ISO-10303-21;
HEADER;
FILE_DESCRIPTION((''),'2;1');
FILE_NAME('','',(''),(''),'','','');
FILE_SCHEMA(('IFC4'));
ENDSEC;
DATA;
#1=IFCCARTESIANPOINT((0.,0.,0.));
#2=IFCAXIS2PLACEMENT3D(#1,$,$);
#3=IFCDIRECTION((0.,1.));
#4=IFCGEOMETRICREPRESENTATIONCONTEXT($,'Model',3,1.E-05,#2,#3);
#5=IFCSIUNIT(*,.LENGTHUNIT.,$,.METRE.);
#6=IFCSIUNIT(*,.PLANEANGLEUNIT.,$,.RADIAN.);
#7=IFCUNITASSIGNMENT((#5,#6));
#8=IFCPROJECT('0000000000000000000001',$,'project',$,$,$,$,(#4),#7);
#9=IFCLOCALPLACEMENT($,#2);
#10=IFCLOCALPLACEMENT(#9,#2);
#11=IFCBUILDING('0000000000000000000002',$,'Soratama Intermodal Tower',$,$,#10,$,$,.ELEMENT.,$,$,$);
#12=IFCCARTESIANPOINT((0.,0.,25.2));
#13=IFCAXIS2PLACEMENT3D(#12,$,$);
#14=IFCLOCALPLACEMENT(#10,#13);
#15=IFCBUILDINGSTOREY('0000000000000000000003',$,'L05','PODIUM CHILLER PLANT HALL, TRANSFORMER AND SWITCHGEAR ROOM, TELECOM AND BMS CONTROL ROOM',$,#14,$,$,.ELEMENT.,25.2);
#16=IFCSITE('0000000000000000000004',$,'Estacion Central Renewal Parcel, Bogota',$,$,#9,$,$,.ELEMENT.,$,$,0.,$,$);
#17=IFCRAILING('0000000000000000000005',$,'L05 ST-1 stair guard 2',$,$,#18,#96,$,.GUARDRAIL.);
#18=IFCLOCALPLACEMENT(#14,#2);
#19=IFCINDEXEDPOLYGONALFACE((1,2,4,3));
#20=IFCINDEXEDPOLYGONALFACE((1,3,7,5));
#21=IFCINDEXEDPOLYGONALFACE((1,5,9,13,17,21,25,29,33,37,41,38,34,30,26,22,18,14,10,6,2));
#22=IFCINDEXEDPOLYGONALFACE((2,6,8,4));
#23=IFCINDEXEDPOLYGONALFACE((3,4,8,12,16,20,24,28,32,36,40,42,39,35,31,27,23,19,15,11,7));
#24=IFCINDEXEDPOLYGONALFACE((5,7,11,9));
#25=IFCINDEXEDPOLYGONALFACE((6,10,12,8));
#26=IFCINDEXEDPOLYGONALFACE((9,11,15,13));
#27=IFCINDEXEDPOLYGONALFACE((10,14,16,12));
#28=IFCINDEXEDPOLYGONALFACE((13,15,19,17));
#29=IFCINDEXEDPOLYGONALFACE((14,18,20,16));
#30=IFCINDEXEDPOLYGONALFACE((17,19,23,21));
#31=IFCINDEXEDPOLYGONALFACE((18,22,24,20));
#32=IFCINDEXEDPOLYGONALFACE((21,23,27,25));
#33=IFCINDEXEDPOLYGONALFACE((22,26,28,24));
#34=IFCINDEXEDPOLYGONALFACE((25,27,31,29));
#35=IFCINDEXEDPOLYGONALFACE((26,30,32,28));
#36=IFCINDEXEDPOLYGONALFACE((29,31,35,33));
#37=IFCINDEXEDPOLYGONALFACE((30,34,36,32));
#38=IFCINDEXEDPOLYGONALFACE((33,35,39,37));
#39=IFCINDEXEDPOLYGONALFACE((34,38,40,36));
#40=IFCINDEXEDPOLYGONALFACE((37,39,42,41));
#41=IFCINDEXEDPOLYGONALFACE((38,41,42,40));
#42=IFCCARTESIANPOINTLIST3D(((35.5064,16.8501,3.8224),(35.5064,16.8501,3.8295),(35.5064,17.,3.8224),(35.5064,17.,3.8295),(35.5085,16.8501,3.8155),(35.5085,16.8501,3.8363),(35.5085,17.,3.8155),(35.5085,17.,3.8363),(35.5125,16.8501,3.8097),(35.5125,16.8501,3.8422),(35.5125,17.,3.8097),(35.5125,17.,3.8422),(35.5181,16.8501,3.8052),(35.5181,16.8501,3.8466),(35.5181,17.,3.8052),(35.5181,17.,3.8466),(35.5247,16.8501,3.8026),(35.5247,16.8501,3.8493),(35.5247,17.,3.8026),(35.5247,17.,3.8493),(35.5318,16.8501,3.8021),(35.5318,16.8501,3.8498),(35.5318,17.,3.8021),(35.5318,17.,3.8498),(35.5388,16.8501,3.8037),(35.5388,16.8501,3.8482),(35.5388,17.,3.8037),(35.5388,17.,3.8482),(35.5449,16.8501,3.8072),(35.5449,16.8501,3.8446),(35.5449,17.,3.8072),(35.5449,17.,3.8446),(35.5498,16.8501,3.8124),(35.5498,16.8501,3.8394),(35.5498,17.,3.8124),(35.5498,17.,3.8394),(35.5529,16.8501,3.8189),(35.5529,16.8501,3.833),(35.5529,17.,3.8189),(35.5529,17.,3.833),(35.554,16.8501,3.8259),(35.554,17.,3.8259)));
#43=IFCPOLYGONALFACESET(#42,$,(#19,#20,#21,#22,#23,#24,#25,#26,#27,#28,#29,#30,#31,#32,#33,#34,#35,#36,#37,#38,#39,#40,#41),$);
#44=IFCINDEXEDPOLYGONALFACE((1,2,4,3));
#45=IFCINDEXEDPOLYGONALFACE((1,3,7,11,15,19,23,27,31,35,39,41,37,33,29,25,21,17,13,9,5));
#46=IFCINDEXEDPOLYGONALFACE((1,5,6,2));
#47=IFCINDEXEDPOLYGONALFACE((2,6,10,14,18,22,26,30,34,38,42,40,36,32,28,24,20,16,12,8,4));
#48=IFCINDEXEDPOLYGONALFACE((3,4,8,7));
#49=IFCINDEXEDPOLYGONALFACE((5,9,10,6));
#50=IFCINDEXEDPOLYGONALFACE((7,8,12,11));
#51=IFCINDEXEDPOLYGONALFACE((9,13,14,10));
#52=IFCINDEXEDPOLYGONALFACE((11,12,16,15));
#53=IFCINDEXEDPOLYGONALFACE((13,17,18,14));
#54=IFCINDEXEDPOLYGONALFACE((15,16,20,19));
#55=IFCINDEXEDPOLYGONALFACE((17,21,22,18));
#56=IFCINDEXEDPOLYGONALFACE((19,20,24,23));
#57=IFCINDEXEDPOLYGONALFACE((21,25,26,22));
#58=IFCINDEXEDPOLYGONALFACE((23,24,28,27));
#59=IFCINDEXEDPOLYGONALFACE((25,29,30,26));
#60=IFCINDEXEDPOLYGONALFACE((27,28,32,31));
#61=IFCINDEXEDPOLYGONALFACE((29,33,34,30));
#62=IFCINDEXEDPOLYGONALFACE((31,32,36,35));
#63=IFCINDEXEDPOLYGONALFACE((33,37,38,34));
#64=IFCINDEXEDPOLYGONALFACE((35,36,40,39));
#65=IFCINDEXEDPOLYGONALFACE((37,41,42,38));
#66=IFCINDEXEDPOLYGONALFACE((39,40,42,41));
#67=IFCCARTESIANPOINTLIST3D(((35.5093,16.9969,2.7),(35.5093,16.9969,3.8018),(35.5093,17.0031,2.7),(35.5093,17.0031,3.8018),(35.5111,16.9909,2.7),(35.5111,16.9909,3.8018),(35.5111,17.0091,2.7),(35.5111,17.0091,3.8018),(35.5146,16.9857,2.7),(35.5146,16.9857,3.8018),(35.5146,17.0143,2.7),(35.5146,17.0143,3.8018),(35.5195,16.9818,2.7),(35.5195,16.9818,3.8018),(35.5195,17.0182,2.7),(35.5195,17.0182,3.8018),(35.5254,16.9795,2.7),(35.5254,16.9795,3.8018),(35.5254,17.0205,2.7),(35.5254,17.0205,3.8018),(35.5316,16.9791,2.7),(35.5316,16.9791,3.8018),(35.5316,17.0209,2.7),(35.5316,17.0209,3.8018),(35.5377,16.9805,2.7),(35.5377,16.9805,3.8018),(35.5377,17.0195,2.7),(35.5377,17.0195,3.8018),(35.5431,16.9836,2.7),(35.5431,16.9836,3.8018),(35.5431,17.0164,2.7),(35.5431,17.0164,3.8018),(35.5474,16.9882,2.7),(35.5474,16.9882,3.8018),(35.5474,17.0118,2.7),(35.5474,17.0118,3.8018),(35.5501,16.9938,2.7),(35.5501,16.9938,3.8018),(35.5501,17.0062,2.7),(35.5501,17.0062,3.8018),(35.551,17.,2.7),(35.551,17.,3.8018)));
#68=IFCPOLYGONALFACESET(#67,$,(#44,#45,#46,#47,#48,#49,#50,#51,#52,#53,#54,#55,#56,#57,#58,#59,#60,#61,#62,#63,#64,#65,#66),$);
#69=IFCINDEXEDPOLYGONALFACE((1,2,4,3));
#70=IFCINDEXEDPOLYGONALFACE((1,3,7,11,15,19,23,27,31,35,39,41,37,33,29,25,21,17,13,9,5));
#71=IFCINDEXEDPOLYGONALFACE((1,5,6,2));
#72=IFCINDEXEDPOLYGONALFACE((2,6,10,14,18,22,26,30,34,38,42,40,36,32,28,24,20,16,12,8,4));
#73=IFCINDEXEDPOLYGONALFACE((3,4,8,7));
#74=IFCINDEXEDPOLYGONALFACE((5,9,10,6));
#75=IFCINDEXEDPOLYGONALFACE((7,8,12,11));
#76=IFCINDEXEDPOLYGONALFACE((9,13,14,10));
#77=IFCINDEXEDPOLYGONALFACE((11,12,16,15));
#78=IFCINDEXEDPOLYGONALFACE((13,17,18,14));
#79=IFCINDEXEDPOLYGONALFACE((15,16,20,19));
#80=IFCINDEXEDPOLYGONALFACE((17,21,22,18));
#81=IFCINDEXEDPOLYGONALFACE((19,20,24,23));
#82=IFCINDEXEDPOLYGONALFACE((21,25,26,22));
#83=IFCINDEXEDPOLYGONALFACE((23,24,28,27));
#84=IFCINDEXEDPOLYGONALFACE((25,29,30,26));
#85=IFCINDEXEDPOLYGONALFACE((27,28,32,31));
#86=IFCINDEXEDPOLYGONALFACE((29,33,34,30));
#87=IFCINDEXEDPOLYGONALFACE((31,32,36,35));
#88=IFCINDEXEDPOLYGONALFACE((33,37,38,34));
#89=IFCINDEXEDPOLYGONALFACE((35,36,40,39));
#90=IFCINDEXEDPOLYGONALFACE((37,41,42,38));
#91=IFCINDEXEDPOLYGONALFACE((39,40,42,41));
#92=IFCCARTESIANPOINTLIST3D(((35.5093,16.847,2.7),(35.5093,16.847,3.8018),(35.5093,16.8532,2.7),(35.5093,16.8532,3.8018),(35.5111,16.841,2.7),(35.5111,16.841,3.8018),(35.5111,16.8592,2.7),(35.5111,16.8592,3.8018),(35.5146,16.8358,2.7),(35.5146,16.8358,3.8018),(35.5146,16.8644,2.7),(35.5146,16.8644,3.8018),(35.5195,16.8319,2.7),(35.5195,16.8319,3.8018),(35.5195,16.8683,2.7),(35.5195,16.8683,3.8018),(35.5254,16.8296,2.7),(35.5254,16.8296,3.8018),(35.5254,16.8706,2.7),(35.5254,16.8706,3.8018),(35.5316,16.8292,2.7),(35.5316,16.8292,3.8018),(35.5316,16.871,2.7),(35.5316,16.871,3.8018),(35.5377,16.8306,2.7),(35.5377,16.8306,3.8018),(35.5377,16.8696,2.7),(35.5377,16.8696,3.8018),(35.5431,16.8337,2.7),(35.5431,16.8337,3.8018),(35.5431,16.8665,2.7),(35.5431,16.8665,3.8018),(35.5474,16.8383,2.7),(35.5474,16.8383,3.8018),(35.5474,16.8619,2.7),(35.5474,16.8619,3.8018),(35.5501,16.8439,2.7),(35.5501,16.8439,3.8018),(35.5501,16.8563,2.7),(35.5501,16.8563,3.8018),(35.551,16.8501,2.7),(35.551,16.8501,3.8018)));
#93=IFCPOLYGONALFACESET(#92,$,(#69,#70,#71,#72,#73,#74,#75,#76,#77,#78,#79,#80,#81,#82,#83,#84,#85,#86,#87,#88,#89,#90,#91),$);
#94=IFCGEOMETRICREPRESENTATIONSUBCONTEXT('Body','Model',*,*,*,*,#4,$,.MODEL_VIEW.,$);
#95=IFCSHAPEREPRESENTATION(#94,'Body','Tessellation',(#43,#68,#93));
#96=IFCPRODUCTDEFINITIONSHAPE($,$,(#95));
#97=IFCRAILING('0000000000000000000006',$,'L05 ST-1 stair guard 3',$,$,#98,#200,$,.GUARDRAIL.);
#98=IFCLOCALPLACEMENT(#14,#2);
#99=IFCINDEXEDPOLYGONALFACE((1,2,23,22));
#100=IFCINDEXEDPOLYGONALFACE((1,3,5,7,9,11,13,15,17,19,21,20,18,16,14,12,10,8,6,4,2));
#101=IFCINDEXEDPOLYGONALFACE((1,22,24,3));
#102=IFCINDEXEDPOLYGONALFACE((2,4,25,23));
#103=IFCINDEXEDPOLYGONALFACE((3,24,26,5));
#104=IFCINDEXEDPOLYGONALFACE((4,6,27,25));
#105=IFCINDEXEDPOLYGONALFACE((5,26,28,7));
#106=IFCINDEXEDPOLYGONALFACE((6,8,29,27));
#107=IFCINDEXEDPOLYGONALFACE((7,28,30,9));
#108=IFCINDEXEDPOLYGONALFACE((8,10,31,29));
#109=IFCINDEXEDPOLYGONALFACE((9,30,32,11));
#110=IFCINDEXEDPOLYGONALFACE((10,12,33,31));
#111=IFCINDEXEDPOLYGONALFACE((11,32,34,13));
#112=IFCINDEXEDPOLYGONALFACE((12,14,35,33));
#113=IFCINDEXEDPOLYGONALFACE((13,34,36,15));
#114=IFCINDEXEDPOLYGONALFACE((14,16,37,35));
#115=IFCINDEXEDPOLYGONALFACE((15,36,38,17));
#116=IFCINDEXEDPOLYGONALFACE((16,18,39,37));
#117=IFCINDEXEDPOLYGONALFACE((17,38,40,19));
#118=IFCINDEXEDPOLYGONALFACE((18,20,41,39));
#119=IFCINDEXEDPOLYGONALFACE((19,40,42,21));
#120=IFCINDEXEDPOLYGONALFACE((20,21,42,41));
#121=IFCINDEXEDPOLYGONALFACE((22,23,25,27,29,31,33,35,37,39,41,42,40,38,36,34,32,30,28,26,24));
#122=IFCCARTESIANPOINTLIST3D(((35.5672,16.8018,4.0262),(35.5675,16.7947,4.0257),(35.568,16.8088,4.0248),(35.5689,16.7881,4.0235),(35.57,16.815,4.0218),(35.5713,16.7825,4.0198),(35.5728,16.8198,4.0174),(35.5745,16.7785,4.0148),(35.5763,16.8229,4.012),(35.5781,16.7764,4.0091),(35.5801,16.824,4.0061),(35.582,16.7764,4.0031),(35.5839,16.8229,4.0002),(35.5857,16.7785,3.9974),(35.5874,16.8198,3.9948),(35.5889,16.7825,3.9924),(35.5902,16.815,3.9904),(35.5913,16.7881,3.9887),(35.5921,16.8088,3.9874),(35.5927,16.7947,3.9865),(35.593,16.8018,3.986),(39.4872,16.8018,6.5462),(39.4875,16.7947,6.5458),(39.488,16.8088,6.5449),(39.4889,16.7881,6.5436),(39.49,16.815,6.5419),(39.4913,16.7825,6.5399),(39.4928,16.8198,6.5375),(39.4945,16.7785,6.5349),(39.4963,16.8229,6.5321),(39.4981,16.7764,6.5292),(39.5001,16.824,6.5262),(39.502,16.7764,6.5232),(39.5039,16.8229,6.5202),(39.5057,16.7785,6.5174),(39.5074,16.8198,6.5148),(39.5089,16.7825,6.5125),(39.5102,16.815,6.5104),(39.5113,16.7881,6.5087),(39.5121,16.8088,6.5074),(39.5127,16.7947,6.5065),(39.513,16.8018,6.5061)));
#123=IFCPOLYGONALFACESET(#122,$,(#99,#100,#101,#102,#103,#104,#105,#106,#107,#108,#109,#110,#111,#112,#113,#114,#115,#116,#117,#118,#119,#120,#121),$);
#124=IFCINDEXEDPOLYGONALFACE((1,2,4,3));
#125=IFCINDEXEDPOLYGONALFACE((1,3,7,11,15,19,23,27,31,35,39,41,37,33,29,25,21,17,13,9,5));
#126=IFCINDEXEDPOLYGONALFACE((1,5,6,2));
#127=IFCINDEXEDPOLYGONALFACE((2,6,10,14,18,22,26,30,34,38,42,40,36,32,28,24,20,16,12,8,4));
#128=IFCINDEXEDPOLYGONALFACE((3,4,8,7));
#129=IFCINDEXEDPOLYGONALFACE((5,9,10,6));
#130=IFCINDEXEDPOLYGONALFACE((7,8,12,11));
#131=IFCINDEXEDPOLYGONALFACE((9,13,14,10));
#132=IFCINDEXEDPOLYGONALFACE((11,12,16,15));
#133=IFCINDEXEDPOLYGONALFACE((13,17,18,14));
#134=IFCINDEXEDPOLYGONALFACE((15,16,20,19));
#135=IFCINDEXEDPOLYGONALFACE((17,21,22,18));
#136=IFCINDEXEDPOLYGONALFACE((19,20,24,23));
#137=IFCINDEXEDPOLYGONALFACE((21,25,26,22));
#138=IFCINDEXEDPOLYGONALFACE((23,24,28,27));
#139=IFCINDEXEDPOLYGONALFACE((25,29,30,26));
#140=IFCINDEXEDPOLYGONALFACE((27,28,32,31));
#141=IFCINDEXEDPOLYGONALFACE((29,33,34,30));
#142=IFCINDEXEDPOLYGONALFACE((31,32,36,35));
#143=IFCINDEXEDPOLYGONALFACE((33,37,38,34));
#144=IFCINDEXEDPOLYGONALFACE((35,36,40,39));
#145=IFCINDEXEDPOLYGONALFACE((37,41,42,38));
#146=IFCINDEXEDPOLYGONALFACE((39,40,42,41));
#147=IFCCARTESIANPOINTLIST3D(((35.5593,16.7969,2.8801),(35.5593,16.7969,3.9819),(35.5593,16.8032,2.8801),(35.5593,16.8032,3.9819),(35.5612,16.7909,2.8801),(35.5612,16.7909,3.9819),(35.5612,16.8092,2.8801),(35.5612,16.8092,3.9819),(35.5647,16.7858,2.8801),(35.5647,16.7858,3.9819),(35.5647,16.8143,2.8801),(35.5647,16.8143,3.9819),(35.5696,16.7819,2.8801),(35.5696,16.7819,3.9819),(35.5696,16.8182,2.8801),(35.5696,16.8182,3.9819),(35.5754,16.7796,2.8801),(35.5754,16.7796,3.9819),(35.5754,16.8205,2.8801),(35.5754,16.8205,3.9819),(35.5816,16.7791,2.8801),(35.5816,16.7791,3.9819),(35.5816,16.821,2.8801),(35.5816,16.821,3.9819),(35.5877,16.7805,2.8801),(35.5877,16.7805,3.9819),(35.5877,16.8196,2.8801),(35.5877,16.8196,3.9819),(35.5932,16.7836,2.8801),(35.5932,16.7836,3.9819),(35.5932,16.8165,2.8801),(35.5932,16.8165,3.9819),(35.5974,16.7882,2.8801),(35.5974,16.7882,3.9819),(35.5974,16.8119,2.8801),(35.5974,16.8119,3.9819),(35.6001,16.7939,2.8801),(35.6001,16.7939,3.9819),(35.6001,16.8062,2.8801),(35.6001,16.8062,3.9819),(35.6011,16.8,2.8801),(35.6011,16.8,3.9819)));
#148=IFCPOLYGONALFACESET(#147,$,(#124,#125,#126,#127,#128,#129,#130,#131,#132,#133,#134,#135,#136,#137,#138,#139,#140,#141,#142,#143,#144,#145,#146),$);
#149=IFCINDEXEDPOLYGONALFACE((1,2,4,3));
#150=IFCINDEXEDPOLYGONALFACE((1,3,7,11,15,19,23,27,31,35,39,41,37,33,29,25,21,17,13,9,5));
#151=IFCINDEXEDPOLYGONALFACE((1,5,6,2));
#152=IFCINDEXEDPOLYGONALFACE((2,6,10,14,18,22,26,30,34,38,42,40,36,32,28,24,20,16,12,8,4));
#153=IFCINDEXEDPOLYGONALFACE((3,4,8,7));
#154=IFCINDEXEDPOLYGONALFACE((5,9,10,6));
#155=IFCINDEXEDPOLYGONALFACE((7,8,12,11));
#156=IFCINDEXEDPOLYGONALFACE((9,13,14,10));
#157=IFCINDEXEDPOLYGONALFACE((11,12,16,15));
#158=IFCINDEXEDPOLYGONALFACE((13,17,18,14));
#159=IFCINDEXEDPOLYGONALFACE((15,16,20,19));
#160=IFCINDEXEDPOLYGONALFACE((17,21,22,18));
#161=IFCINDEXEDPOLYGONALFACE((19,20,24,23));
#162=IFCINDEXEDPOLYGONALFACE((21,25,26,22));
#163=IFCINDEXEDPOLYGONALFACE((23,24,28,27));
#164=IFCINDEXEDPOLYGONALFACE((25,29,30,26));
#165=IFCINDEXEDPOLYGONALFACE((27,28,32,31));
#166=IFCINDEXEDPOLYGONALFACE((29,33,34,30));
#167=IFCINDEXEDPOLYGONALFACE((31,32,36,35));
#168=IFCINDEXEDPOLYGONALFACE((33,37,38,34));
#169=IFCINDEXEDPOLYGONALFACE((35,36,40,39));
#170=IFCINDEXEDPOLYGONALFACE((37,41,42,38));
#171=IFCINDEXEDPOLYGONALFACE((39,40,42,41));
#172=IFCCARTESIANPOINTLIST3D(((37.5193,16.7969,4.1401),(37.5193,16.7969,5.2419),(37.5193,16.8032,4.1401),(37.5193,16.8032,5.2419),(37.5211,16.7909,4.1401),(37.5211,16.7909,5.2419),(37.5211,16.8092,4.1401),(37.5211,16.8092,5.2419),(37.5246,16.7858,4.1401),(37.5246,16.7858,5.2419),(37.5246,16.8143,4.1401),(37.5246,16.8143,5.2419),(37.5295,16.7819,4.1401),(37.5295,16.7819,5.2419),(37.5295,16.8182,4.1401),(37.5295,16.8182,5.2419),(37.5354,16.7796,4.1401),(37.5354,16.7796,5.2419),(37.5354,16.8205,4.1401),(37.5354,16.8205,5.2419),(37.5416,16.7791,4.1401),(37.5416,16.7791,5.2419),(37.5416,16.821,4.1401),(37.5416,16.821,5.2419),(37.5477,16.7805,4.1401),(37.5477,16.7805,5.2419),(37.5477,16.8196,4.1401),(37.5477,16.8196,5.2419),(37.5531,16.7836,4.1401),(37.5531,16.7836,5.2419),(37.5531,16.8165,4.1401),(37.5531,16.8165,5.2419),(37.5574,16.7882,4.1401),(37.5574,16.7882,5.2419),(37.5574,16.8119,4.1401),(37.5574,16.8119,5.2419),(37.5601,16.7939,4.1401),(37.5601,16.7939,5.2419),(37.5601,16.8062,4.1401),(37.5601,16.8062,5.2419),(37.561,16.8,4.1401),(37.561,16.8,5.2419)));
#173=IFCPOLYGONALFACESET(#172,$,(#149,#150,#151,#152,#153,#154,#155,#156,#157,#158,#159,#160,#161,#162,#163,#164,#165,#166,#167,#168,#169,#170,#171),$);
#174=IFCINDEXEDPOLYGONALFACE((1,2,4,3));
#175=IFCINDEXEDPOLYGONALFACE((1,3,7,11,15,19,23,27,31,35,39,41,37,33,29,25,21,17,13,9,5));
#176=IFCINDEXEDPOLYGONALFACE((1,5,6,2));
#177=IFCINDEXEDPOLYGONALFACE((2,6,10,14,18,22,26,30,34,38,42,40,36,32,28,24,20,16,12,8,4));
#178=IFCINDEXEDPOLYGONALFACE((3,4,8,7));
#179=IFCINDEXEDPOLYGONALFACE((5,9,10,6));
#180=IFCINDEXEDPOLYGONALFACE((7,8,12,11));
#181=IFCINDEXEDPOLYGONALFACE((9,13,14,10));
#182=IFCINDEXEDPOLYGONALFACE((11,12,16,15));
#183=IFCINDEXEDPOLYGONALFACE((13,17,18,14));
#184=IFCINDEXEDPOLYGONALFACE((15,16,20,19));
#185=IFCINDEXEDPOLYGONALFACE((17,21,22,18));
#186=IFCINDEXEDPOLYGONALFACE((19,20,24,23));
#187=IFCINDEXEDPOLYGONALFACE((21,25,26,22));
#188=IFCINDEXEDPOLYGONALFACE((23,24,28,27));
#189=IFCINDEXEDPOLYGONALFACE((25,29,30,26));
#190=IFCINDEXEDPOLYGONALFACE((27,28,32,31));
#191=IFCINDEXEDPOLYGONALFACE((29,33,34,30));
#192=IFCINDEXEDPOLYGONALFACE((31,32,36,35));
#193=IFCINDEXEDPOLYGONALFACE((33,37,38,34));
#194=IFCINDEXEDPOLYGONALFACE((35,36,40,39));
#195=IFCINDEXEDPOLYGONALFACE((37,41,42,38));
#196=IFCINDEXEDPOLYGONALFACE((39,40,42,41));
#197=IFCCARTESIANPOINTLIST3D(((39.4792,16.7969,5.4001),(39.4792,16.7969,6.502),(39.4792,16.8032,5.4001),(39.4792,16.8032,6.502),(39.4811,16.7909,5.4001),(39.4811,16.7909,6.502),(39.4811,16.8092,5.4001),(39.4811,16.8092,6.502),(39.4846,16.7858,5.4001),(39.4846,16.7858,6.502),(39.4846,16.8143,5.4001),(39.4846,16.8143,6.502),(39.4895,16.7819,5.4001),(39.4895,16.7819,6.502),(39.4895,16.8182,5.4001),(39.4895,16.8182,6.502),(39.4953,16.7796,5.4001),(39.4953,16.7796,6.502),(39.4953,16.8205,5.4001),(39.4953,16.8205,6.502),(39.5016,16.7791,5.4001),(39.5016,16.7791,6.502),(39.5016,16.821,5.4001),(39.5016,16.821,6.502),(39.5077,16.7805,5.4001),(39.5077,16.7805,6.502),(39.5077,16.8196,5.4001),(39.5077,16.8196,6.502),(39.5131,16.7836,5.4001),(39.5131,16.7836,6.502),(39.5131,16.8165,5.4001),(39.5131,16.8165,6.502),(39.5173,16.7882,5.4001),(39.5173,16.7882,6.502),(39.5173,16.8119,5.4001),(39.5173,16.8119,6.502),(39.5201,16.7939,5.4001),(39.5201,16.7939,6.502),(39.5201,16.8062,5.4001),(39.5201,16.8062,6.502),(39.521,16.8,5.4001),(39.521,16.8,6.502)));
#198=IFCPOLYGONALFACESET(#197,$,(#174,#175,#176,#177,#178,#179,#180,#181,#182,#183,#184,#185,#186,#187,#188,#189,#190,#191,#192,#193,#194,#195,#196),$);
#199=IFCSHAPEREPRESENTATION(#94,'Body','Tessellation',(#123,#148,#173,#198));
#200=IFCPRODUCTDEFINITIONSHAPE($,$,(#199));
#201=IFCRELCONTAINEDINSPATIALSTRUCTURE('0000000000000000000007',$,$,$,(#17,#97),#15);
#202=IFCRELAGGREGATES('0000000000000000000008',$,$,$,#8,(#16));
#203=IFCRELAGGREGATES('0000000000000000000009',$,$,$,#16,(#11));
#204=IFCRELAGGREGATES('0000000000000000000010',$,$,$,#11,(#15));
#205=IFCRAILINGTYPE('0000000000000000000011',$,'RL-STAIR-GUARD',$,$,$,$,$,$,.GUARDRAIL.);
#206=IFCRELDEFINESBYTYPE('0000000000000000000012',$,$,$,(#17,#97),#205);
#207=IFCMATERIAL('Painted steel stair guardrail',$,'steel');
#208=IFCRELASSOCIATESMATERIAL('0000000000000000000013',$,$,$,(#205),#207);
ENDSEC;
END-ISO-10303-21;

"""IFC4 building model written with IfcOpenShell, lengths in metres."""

from ifc_helpers import new_model, si_unit, direction, frame, origin, origin_2d, place, context, subcontext, project, spatial, circle, extrude, material, type_object, element, save


model = new_model("IFC4")

# Units and contexts
model_context = context("Model", 3, precision=1e-05, world=origin(), true_north=direction((0.0, 1.0)))
body_context = subcontext(model_context, "Body", "Model", "MODEL_VIEW")
ifc_project = project(units=[si_unit("LENGTHUNIT", "METRE"), si_unit("PLANEANGLEUNIT", "RADIAN")], contexts=[model_context])

# Site, building, storey
site_placement = place(None, origin())
site = spatial("IfcSite", under=ifc_project, at=site_placement, Name="Estacion Central Renewal Parcel, Bogota", CompositionType="ELEMENT", RefElevation=0.0)
building_placement = place(site_placement, origin())
building = spatial("IfcBuilding", under=site, at=building_placement, Name="Soratama Intermodal Tower", CompositionType="ELEMENT")
storey_placement = place(building_placement, frame((0.0, 0.0, 25.2)))
storey = spatial("IfcBuildingStorey", under=building, at=storey_placement, Name="L05", Description="PODIUM CHILLER PLANT HALL, TRANSFORMER AND SWITCHGEAR ROOM, TELECOM AND BMS CONTROL ROOM", CompositionType="ELEMENT", Elevation=25.2)

# Railings
ifc_material_1 = material(Name="Painted steel stair guardrail", Category="steel")
railing_type_1 = type_object("IfcRailingType", Name="RL-STAIR-GUARD", PredefinedType="GUARDRAIL", material=ifc_material_1)
railing_1_placement = place(storey_placement, frame((35.53, 17.0, 2.7)))
element("IfcRailing", 1, at=railing_1_placement, inside=storey, type_object=railing_type_1, Name="L05 ST-1 stair guard 2", PredefinedType="GUARDRAIL", context=body_context, shape_type="SweptSolid", body=[
    extrude(circle(Radius=0.0239, at=origin_2d()), frame((0.0, 0.0, 1.126), z_axis=(0.0, -1.0, 0.0), x_axis=(1.0, 0.0, 0.0)), (0.0, 0.0, 1.0), 0.1499),
    extrude(circle(Radius=0.021, at=origin_2d()), origin(), (0.0, 0.0, 1.0), 1.1018),
    extrude(circle(Radius=0.021, at=origin_2d()), frame((0.0, -0.1499, 0.0)), (0.0, 0.0, 1.0), 1.1018),
])
railing_2_placement = place(storey_placement, frame((35.5801, 16.8, 2.8801)))
element("IfcRailing", 2, at=railing_2_placement, inside=storey, type_object=railing_type_1, Name="L05 ST-1 stair guard 3", PredefinedType="GUARDRAIL", context=body_context, shape_type="SweptSolid", body=[
    extrude(circle(Radius=0.0239, at=origin_2d()), frame((0.0, 0.0, 1.126), z_axis=(0.841172, 0.0, 0.540768), x_axis=(0.0, 1.0, 0.0)), (0.0, 0.0, 1.0), 4.6602),
    extrude(circle(Radius=0.021, at=origin_2d()), origin(), (0.0, 0.0, 1.0), 1.1018),
    extrude(circle(Radius=0.021, at=origin_2d()), frame((1.96, 0.0, 1.26)), (0.0, 0.0, 1.0), 1.1018),
    extrude(circle(Radius=0.021, at=origin_2d()), frame((3.9199, 0.0, 2.52)), (0.0, 0.0, 1.0), 1.1018),
])

save(model, "model.ifc")
